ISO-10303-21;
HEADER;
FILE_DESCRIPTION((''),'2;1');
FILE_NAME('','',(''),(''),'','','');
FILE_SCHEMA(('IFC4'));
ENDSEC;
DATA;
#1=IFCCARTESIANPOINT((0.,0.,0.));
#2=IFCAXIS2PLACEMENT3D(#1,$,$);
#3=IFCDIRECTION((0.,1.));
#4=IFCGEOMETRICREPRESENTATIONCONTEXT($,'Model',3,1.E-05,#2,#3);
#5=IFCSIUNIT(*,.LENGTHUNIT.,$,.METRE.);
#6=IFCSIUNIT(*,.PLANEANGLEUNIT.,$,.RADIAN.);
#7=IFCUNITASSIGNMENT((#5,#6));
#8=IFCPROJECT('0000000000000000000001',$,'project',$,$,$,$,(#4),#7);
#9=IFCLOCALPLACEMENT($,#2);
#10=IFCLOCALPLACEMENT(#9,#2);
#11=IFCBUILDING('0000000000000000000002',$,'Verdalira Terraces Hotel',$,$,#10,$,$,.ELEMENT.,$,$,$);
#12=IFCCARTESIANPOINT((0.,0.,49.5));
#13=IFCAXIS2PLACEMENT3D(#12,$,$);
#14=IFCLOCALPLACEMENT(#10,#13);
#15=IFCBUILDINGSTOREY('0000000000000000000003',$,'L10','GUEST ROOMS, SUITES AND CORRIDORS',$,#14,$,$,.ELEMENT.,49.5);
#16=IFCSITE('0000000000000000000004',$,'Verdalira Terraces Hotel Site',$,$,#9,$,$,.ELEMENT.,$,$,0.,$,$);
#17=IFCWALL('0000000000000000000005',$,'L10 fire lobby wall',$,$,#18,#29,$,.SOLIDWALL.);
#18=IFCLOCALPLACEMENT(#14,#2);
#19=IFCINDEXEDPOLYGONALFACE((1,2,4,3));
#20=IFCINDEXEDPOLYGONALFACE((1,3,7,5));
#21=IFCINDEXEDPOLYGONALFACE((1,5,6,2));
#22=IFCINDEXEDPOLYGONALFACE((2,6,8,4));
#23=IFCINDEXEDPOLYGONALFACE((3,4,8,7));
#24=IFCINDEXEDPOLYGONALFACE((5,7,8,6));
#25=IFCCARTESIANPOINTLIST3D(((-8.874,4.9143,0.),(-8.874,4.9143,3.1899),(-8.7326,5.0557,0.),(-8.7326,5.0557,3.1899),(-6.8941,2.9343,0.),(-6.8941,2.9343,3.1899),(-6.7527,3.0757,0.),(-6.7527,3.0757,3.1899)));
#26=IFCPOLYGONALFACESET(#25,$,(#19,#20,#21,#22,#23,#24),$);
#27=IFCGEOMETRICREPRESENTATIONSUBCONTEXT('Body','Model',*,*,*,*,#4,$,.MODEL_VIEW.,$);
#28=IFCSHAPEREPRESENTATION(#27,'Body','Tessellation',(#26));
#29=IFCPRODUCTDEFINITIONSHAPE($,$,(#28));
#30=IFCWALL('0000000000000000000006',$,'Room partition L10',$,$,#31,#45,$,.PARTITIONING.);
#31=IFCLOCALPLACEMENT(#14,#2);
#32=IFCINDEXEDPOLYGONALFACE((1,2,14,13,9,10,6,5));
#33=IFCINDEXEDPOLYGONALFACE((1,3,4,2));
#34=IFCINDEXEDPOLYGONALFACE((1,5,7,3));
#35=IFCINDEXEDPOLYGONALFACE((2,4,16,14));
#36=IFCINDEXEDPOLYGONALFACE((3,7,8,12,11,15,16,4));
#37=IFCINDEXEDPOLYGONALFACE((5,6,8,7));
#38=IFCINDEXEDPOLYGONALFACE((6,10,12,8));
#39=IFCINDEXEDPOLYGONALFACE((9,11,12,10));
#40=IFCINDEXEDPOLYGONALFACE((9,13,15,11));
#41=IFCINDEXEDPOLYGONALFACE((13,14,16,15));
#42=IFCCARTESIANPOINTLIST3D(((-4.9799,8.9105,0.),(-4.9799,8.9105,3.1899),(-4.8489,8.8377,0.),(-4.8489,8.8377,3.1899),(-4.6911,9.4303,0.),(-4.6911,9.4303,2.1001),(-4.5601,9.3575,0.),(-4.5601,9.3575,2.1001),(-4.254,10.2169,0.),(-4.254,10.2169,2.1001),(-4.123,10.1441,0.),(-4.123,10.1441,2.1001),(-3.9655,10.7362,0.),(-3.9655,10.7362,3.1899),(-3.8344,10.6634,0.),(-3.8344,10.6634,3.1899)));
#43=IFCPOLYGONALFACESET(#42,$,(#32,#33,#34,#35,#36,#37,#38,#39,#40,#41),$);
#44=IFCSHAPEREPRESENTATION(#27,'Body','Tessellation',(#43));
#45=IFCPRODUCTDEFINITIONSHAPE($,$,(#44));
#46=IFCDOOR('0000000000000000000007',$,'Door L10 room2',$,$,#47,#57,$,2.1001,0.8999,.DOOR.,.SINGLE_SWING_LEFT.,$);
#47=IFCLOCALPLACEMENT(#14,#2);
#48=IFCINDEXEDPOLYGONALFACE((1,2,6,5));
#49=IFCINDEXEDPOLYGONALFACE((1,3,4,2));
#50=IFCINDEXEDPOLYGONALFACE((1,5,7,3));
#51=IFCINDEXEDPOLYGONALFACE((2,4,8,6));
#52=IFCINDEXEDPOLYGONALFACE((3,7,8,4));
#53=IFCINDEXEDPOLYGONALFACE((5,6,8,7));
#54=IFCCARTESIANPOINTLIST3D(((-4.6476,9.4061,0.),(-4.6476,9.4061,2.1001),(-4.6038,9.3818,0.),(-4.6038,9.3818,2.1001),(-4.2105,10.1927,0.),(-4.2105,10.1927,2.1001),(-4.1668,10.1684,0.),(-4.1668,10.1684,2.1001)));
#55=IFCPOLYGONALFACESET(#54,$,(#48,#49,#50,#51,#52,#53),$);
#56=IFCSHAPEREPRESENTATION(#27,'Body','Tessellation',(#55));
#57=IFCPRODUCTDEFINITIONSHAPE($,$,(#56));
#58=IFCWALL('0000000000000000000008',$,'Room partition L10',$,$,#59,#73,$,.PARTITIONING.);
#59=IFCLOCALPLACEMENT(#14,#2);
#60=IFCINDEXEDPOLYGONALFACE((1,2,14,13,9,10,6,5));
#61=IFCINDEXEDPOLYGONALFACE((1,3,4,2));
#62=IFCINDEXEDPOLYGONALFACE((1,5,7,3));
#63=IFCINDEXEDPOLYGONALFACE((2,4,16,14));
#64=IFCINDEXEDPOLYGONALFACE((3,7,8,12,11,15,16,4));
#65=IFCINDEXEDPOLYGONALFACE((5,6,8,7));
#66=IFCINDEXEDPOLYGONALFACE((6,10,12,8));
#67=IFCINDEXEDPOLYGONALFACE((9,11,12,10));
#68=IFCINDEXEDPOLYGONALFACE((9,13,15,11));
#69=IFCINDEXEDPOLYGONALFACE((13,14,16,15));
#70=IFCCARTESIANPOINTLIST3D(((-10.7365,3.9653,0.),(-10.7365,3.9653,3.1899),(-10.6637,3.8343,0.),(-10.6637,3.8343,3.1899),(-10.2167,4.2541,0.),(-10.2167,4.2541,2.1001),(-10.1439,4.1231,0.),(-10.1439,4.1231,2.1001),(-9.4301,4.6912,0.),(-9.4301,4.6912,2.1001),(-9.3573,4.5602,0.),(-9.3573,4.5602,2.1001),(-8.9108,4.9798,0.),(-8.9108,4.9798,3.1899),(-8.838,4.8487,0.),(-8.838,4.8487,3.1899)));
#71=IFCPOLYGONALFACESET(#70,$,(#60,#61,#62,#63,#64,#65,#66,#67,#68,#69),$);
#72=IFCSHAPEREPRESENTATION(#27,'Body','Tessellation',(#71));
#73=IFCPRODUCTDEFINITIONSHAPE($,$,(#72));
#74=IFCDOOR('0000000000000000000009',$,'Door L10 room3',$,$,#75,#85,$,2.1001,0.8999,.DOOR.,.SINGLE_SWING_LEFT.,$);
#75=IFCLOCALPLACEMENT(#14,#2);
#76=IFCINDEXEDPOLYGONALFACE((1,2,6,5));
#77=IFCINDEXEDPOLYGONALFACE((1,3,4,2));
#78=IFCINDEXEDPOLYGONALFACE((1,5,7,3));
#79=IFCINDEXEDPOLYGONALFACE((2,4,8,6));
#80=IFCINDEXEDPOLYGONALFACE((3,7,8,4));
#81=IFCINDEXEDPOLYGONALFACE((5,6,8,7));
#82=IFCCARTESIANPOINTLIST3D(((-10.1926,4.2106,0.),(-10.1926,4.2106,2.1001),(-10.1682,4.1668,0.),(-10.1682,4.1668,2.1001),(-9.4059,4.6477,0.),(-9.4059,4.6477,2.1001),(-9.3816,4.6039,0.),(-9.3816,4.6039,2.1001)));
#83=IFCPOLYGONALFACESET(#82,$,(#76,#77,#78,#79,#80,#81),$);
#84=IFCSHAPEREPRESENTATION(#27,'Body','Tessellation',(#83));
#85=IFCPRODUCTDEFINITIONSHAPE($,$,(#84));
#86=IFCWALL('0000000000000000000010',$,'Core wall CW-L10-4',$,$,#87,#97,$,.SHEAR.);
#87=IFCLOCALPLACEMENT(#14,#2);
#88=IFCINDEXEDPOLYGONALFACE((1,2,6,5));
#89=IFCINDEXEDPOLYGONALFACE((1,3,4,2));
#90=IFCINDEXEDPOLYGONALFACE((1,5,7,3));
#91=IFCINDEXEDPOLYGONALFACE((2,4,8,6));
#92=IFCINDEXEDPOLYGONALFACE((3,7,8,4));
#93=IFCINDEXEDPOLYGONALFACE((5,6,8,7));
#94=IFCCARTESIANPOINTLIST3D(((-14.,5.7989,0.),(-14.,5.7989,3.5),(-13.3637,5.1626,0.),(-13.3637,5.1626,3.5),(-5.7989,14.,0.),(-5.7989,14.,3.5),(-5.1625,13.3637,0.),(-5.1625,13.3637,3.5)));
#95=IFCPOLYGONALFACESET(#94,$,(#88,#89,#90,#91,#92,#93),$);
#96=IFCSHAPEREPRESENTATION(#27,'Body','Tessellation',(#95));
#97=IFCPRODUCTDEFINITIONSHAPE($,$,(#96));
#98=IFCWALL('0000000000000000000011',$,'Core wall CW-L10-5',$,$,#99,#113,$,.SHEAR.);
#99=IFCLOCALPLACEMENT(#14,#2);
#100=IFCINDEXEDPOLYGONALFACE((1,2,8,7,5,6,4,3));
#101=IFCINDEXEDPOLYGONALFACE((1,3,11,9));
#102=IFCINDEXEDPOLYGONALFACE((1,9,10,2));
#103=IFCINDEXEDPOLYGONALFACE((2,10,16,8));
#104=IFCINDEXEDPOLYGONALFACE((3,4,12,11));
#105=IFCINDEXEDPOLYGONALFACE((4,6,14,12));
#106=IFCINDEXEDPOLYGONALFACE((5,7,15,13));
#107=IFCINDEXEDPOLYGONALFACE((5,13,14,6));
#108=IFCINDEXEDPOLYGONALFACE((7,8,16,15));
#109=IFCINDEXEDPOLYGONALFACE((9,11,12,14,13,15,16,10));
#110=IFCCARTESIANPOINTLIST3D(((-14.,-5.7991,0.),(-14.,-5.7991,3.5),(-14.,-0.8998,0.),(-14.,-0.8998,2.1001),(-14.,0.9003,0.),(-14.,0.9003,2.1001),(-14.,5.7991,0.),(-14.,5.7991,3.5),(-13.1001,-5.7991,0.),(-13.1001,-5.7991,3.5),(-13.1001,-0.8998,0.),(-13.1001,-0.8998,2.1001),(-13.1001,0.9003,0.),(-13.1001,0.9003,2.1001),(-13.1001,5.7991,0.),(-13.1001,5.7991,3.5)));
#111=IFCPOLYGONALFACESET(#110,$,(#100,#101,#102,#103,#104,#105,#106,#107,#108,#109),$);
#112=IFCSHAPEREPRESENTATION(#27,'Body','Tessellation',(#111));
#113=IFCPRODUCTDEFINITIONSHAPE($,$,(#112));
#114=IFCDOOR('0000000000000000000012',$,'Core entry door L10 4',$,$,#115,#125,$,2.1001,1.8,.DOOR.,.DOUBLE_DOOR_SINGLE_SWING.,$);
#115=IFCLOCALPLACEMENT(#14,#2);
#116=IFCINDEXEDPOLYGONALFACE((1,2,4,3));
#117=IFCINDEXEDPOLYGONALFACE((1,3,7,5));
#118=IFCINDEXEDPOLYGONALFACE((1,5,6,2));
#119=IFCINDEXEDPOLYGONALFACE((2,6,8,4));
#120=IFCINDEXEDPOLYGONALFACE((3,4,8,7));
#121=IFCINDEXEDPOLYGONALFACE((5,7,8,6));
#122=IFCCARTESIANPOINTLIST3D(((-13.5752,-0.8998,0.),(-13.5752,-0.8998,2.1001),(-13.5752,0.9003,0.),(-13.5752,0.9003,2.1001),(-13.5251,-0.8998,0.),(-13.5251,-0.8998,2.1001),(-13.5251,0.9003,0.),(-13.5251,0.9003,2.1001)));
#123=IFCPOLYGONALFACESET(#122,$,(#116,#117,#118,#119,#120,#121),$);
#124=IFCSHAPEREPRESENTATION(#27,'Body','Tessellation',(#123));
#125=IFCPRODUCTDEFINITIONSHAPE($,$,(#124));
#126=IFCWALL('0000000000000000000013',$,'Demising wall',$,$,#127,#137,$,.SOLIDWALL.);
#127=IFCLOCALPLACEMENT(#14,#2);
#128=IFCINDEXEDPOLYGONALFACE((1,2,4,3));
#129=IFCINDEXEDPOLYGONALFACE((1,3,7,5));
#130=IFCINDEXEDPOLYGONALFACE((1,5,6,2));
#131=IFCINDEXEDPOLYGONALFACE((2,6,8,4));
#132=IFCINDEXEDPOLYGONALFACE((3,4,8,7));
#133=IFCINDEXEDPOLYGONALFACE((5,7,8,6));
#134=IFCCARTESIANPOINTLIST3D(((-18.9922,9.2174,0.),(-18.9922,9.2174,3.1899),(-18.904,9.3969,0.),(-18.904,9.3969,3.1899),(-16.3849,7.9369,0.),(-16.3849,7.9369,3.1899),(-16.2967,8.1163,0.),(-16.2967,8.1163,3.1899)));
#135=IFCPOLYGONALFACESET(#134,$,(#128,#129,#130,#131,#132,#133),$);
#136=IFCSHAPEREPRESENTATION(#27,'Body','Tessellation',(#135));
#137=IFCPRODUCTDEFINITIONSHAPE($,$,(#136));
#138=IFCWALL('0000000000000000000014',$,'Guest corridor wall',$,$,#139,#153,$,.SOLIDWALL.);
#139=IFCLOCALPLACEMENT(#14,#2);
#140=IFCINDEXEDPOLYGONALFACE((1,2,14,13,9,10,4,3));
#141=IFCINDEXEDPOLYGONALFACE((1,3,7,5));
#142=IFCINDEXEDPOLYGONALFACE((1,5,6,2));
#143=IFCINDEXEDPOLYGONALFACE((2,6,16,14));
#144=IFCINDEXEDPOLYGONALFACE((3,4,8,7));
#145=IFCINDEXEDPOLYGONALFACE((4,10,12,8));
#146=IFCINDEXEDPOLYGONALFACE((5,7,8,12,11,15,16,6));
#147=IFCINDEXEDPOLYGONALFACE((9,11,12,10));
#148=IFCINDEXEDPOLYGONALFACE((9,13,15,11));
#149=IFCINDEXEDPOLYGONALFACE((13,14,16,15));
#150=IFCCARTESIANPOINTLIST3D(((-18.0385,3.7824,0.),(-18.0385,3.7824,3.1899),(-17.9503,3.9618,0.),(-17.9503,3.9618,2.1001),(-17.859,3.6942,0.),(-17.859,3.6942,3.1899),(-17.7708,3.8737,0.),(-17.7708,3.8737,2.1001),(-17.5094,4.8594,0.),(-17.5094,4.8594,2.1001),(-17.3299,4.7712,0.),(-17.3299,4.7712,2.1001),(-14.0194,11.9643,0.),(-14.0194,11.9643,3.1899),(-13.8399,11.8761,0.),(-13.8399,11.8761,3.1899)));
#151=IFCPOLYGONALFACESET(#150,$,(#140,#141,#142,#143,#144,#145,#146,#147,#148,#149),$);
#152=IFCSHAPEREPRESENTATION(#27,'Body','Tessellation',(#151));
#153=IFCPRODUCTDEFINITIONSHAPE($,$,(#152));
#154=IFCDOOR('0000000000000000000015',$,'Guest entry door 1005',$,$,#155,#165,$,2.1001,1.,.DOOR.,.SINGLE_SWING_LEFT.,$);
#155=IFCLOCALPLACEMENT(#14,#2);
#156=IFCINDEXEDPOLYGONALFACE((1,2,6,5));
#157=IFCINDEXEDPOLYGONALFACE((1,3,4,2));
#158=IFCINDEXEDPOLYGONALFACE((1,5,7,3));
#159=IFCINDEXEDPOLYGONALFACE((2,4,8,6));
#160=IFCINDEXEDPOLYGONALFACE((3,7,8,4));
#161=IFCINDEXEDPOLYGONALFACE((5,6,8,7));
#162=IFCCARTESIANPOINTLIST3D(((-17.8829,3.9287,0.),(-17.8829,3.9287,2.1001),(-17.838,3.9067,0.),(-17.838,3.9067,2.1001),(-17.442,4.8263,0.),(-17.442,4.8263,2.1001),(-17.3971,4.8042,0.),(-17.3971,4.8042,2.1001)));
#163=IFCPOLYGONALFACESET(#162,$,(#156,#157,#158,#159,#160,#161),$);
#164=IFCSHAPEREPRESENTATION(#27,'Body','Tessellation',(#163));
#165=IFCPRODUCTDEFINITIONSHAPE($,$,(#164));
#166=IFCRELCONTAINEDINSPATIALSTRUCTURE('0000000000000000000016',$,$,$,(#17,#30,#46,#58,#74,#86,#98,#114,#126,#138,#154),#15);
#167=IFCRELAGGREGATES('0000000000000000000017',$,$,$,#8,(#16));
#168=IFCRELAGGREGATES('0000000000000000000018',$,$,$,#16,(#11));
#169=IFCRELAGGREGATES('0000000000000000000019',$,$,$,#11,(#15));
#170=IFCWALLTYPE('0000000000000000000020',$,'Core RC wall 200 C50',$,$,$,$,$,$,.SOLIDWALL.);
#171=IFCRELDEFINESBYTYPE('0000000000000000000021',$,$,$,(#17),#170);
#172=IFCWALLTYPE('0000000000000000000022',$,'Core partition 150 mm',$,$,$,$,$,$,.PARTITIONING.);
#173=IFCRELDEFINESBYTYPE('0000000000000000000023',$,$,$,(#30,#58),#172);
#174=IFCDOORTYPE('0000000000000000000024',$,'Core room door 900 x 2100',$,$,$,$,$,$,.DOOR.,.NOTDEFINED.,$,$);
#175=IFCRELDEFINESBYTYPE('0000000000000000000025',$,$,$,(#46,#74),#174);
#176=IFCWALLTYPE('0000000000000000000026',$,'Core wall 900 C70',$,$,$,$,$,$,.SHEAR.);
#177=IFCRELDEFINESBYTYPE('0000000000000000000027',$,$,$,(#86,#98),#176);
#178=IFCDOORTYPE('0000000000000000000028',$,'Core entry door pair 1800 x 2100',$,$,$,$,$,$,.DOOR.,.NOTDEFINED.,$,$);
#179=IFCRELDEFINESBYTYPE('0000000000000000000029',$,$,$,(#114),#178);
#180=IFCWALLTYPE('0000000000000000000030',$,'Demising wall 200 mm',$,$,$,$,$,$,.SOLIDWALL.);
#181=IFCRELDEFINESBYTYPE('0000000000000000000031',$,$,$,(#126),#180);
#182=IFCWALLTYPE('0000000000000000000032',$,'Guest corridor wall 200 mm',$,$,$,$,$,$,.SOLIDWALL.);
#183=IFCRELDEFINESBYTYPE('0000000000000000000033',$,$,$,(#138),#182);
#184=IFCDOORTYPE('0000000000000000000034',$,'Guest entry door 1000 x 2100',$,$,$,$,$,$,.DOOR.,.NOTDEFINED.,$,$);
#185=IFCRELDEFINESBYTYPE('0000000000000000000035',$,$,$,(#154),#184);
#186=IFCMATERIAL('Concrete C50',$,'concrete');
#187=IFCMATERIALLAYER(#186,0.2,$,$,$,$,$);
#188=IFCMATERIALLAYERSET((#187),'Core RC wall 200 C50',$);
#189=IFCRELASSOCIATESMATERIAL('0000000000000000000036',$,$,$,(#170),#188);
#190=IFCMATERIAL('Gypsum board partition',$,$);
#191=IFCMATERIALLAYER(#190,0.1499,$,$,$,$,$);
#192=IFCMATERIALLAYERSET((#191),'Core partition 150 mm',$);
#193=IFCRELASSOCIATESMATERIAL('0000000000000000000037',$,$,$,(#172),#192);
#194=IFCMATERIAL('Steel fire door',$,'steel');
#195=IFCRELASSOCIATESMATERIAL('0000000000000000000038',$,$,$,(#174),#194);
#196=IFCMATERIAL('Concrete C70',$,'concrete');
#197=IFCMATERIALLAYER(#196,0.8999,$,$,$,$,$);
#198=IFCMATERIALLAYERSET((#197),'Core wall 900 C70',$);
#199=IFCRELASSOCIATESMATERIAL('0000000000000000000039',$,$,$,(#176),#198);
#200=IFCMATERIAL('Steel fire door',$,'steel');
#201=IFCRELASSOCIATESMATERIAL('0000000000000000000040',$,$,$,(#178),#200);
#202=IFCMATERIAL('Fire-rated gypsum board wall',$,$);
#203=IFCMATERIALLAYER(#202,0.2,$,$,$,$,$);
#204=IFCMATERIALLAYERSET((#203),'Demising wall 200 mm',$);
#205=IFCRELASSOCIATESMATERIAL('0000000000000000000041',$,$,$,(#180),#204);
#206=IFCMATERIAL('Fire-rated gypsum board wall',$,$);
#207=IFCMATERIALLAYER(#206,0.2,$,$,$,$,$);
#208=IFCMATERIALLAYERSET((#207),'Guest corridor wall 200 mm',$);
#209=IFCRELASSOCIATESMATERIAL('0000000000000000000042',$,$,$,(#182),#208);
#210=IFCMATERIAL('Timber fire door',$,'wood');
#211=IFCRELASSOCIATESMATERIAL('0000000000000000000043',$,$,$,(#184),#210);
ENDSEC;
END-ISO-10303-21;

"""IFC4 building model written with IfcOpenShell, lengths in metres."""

from ifc_helpers import new_model, si_unit, direction, frame, frame_2d, origin, place, context, subcontext, project, spatial, rectangle, extrude, material, layer, layer_set, type_object, element, fill, save


model = new_model("IFC4")

# Units and contexts
model_context = context("Model", 3, precision=1e-05, world=origin(), true_north=direction((0.0, 1.0)))
body_context = subcontext(model_context, "Body", "Model", "MODEL_VIEW")
ifc_project = project(units=[si_unit("LENGTHUNIT", "METRE"), si_unit("PLANEANGLEUNIT", "RADIAN")], contexts=[model_context])

# Site, building, storey
site_placement = place(None, origin())
site = spatial("IfcSite", under=ifc_project, at=site_placement, Name="Verdalira Terraces Hotel Site", CompositionType="ELEMENT", RefElevation=0.0)
building_placement = place(site_placement, origin())
building = spatial("IfcBuilding", under=site, at=building_placement, Name="Verdalira Terraces Hotel", CompositionType="ELEMENT")
storey_placement = place(building_placement, frame((0.0, 0.0, 49.5)))
storey = spatial("IfcBuildingStorey", under=building, at=storey_placement, Name="L10", Description="GUEST ROOMS, SUITES AND CORRIDORS", CompositionType="ELEMENT", Elevation=49.5)

# Shared definitions
ifc_material_1 = material(Name="Concrete C50", Category="concrete")
ifc_layer_1 = layer(ifc_material_1, 0.2)
ifc_layer_set_1 = layer_set([ifc_layer_1], Name="Core RC wall 200 C50")
wall_type_1 = type_object("IfcWallType", Name="Core RC wall 200 C50", PredefinedType="SOLIDWALL", material=ifc_layer_set_1)

# Wall
for number, where, z_axis, x_axis, name in (
    (1, (-6.8235, 3.0051, 0.0), (0.0, 0.0, 1.0), (-0.707107, 0.707107, 0.0), "L10 fire lobby wall"),
):
    element("IfcWall", number, at=place(storey_placement, frame(where, z_axis=z_axis, x_axis=x_axis)), inside=storey, type_object=wall_type_1, Name=name, PredefinedType="SOLIDWALL", context=body_context, shape_type="SweptSolid", body=[
        extrude(rectangle(XDim=2.8, YDim=0.2, at=frame_2d((1.3999, 0.0))), origin(), (0.0, 0.0, 1.0), 3.1899),
    ])

# Walls, openings, doors
ifc_material_2 = material(Name="Gypsum board partition")
ifc_layer_2 = layer(ifc_material_2, 0.1499)
ifc_layer_set_2 = layer_set([ifc_layer_2], Name="Core partition 150 mm")
wall_type_2 = type_object("IfcWallType", Name="Core partition 150 mm", PredefinedType="PARTITIONING", material=ifc_layer_set_2)
wall_1_placement = place(storey_placement, frame((-3.8999, 10.7, 0.0), z_axis=(0.0, 0.0, 1.0), x_axis=(-0.485693, -0.87413, 0.0)))
wall_1 = element("IfcWall", 2, at=wall_1_placement, inside=storey, type_object=wall_type_2, Name="Room partition L10", PredefinedType="PARTITIONING", context=body_context, shape_type="SweptSolid", body=[
    extrude(rectangle(XDim=2.0886, YDim=0.1499, at=frame_2d((1.0444, 0.0))), origin(), (0.0, 0.0, 1.0), 3.1899),
])
opening_1_placement = place(wall_1_placement, frame((0.5942, 0.0, 0.0)))
opening_1 = element("IfcOpeningElement", 3, at=opening_1_placement, cuts=wall_1, PredefinedType="OPENING", context=body_context, shape_type="SweptSolid", body=[
    extrude(rectangle(XDim=0.8999, YDim=2.1001, at=frame_2d((0.45, 1.05))), frame((0.0, 0.085, 0.0), z_axis=(0.0, -1.0, 0.0), x_axis=(1.0, 0.0, 0.0)), (0.0, 0.0, 1.0), 0.1699),
])
ifc_material_3 = material(Name="Steel fire door", Category="steel")
door_type_1 = type_object("IfcDoorType", Name="Core room door 900 x 2100", OperationType="NOTDEFINED", PredefinedType="DOOR", material=ifc_material_3)
door_1_placement = place(opening_1_placement, origin())
door_1 = element("IfcDoor", 4, at=door_1_placement, inside=storey, type_object=door_type_1, Name="Door L10 room2", OperationType="SINGLE_SWING_LEFT", OverallHeight=2.1001, OverallWidth=0.8999, PredefinedType="DOOR", context=body_context, shape_type="SweptSolid", body=[
    extrude(rectangle(XDim=0.8999, YDim=2.1001, at=frame_2d((0.45, 1.05))), frame((0.0, 0.0249, 0.0), z_axis=(0.0, -1.0, 0.0), x_axis=(1.0, 0.0, 0.0)), (0.0, 0.0, 1.0), 0.05),
])
fill(opening_1, door_1)
wall_2_placement = place(storey_placement, frame((-8.8743, 4.9143, 0.0), z_axis=(0.0, 0.0, 1.0), x_axis=(-0.87413, -0.485693, 0.0)))
wall_2 = element("IfcWall", 5, at=wall_2_placement, inside=storey, type_object=wall_type_2, Name="Room partition L10", PredefinedType="PARTITIONING", context=body_context, shape_type="SweptSolid", body=[
    extrude(rectangle(XDim=2.0886, YDim=0.1499, at=frame_2d((1.0444, 0.0))), origin(), (0.0, 0.0, 1.0), 3.1899),
])
opening_2_placement = place(wall_2_placement, frame((0.5942, 0.0, 0.0)))
opening_2 = element("IfcOpeningElement", 6, at=opening_2_placement, cuts=wall_2, PredefinedType="OPENING", context=body_context, shape_type="SweptSolid", body=[
    extrude(rectangle(XDim=0.8999, YDim=2.1001, at=frame_2d((0.45, 1.05))), frame((0.0, 0.085, 0.0), z_axis=(0.0, -1.0, 0.0), x_axis=(1.0, 0.0, 0.0)), (0.0, 0.0, 1.0), 0.1699),
])
door_2_placement = place(opening_2_placement, origin())
door_2 = element("IfcDoor", 7, at=door_2_placement, inside=storey, type_object=door_type_1, Name="Door L10 room3", OperationType="SINGLE_SWING_LEFT", OverallHeight=2.1001, OverallWidth=0.8999, PredefinedType="DOOR", context=body_context, shape_type="SweptSolid", body=[
    extrude(rectangle(XDim=0.8999, YDim=2.1001, at=frame_2d((0.45, 1.05))), frame((0.0, 0.0249, 0.0), z_axis=(0.0, -1.0, 0.0), x_axis=(1.0, 0.0, 0.0)), (0.0, 0.0, 1.0), 0.05),
])
fill(opening_2, door_2)

# Wall
ifc_material_4 = material(Name="Concrete C70", Category="concrete")
ifc_layer_3 = layer(ifc_material_4, 0.8999)
ifc_layer_set_3 = layer_set([ifc_layer_3], Name="Core wall 900 C70")
wall_type_3 = type_object("IfcWallType", Name="Core wall 900 C70", PredefinedType="SHEAR", material=ifc_layer_set_3)
wall_3_placement = place(storey_placement, frame((-5.4807, 13.6819, 0.0), z_axis=(0.0, 0.0, 1.0), x_axis=(-0.707107, -0.707107, 0.0)))
element("IfcWall", 8, at=wall_3_placement, inside=storey, type_object=wall_type_3, Name="Core wall CW-L10-4", PredefinedType="SHEAR", context=body_context, shape_type="SweptSolid", body=[
    extrude(rectangle(XDim=11.5981, YDim=0.8999, at=frame_2d((5.7991, 0.0))), origin(), (0.0, 0.0, 1.0), 3.5),
])

# Wall, opening, door
wall_4_placement = place(storey_placement, frame((-13.55, 5.7991, 0.0), z_axis=(0.0, 0.0, 1.0), x_axis=(0.0, -1.0, 0.0)))
wall_4 = element("IfcWall", 9, at=wall_4_placement, inside=storey, type_object=wall_type_3, Name="Core wall CW-L10-5", PredefinedType="SHEAR", context=body_context, shape_type="SweptSolid", body=[
    extrude(rectangle(XDim=11.5981, YDim=0.8999, at=frame_2d((5.7991, 0.0))), origin(), (0.0, 0.0, 1.0), 3.5),
])
opening_3_placement = place(wall_4_placement, frame((4.8989, 0.0, 0.0)))
opening_3 = element("IfcOpeningElement", 10, at=opening_3_placement, cuts=wall_4, PredefinedType="OPENING", context=body_context, shape_type="SweptSolid", body=[
    extrude(rectangle(XDim=1.8, YDim=2.1001, at=frame_2d((0.8999, 1.05))), frame((0.0, 0.46, 0.0), z_axis=(0.0, -1.0, 0.0), x_axis=(1.0, 0.0, 0.0)), (0.0, 0.0, 1.0), 0.9199),
])
ifc_material_5 = material(Name="Steel fire door", Category="steel")
door_type_2 = type_object("IfcDoorType", Name="Core entry door pair 1800 x 2100", OperationType="NOTDEFINED", PredefinedType="DOOR", material=ifc_material_5)
door_3_placement = place(opening_3_placement, origin())
door_3 = element("IfcDoor", 11, at=door_3_placement, inside=storey, type_object=door_type_2, Name="Core entry door L10 4", OperationType="DOUBLE_DOOR_SINGLE_SWING", OverallHeight=2.1001, OverallWidth=1.8, PredefinedType="DOOR", context=body_context, shape_type="SweptSolid", body=[
    extrude(rectangle(XDim=1.8, YDim=2.1001, at=frame_2d((0.8999, 1.05))), frame((0.0, 0.0249, 0.0), z_axis=(0.0, -1.0, 0.0), x_axis=(1.0, 0.0, 0.0)), (0.0, 0.0, 1.0), 0.05),
])
fill(opening_3, door_3)

# Wall
ifc_material_6 = material(Name="Fire-rated gypsum board wall")
ifc_layer_4 = layer(ifc_material_6, 0.2)
ifc_layer_set_4 = layer_set([ifc_layer_4], Name="Demising wall 200 mm")
wall_type_4 = type_object("IfcWallType", Name="Demising wall 200 mm", PredefinedType="SOLIDWALL", material=ifc_layer_set_4)
wall_5_placement = place(storey_placement, frame((-16.3408, 8.0266, 0.0), z_axis=(0.0, 0.0, 1.0), x_axis=(-0.897582, 0.440848, 0.0)))
element("IfcWall", 12, at=wall_5_placement, inside=storey, type_object=wall_type_4, Name="Demising wall", PredefinedType="SOLIDWALL", context=body_context, shape_type="SweptSolid", body=[
    extrude(rectangle(XDim=2.9048, YDim=0.2, at=frame_2d((1.4524, 0.0))), origin(), (0.0, 0.0, 1.0), 3.1899),
])

# Wall, opening, door
ifc_material_7 = material(Name="Fire-rated gypsum board wall")
ifc_layer_5 = layer(ifc_material_7, 0.2)
ifc_layer_set_5 = layer_set([ifc_layer_5], Name="Guest corridor wall 200 mm")
wall_type_5 = type_object("IfcWallType", Name="Guest corridor wall 200 mm", PredefinedType="SOLIDWALL", material=ifc_layer_set_5)
wall_6_placement = place(storey_placement, frame((-17.9487, 3.7383, 0.0), z_axis=(0.0, 0.0, 1.0), x_axis=(0.440893, 0.89756, 0.0)))
wall_6 = element("IfcWall", 13, at=wall_6_placement, inside=storey, type_object=wall_type_5, Name="Guest corridor wall", PredefinedType="SOLIDWALL", context=body_context, shape_type="SweptSolid", body=[
    extrude(rectangle(XDim=9.1157, YDim=0.2, at=frame_2d((4.5579, 0.0))), origin(), (0.0, 0.0, 1.0), 3.1899),
])
opening_4_placement = place(wall_6_placement, frame((0.2, 0.0, 0.0)))
opening_4 = element("IfcOpeningElement", 14, at=opening_4_placement, cuts=wall_6, PredefinedType="OPENING", context=body_context, shape_type="SweptSolid", body=[
    extrude(rectangle(XDim=1.0, YDim=2.1001, at=frame_2d((0.5, 1.05))), frame((0.0, 0.1099, 0.0), z_axis=(0.0, -1.0, 0.0), x_axis=(1.0, 0.0, 0.0)), (0.0, 0.0, 1.0), 0.22),
])
ifc_material_8 = material(Name="Timber fire door", Category="wood")
door_type_3 = type_object("IfcDoorType", Name="Guest entry door 1000 x 2100", OperationType="NOTDEFINED", PredefinedType="DOOR", material=ifc_material_8)
door_4_placement = place(opening_4_placement, origin())
door_4 = element("IfcDoor", 15, at=door_4_placement, inside=storey, type_object=door_type_3, Name="Guest entry door 1005", OperationType="SINGLE_SWING_LEFT", OverallHeight=2.1001, OverallWidth=1.0, PredefinedType="DOOR", context=body_context, shape_type="SweptSolid", body=[
    extrude(rectangle(XDim=1.0, YDim=2.1001, at=frame_2d((0.5, 1.05))), frame((0.0, 0.0249, 0.0), z_axis=(0.0, -1.0, 0.0), x_axis=(1.0, 0.0, 0.0)), (0.0, 0.0, 1.0), 0.05),
])
fill(opening_4, door_4)

save(model, "model.ifc")
